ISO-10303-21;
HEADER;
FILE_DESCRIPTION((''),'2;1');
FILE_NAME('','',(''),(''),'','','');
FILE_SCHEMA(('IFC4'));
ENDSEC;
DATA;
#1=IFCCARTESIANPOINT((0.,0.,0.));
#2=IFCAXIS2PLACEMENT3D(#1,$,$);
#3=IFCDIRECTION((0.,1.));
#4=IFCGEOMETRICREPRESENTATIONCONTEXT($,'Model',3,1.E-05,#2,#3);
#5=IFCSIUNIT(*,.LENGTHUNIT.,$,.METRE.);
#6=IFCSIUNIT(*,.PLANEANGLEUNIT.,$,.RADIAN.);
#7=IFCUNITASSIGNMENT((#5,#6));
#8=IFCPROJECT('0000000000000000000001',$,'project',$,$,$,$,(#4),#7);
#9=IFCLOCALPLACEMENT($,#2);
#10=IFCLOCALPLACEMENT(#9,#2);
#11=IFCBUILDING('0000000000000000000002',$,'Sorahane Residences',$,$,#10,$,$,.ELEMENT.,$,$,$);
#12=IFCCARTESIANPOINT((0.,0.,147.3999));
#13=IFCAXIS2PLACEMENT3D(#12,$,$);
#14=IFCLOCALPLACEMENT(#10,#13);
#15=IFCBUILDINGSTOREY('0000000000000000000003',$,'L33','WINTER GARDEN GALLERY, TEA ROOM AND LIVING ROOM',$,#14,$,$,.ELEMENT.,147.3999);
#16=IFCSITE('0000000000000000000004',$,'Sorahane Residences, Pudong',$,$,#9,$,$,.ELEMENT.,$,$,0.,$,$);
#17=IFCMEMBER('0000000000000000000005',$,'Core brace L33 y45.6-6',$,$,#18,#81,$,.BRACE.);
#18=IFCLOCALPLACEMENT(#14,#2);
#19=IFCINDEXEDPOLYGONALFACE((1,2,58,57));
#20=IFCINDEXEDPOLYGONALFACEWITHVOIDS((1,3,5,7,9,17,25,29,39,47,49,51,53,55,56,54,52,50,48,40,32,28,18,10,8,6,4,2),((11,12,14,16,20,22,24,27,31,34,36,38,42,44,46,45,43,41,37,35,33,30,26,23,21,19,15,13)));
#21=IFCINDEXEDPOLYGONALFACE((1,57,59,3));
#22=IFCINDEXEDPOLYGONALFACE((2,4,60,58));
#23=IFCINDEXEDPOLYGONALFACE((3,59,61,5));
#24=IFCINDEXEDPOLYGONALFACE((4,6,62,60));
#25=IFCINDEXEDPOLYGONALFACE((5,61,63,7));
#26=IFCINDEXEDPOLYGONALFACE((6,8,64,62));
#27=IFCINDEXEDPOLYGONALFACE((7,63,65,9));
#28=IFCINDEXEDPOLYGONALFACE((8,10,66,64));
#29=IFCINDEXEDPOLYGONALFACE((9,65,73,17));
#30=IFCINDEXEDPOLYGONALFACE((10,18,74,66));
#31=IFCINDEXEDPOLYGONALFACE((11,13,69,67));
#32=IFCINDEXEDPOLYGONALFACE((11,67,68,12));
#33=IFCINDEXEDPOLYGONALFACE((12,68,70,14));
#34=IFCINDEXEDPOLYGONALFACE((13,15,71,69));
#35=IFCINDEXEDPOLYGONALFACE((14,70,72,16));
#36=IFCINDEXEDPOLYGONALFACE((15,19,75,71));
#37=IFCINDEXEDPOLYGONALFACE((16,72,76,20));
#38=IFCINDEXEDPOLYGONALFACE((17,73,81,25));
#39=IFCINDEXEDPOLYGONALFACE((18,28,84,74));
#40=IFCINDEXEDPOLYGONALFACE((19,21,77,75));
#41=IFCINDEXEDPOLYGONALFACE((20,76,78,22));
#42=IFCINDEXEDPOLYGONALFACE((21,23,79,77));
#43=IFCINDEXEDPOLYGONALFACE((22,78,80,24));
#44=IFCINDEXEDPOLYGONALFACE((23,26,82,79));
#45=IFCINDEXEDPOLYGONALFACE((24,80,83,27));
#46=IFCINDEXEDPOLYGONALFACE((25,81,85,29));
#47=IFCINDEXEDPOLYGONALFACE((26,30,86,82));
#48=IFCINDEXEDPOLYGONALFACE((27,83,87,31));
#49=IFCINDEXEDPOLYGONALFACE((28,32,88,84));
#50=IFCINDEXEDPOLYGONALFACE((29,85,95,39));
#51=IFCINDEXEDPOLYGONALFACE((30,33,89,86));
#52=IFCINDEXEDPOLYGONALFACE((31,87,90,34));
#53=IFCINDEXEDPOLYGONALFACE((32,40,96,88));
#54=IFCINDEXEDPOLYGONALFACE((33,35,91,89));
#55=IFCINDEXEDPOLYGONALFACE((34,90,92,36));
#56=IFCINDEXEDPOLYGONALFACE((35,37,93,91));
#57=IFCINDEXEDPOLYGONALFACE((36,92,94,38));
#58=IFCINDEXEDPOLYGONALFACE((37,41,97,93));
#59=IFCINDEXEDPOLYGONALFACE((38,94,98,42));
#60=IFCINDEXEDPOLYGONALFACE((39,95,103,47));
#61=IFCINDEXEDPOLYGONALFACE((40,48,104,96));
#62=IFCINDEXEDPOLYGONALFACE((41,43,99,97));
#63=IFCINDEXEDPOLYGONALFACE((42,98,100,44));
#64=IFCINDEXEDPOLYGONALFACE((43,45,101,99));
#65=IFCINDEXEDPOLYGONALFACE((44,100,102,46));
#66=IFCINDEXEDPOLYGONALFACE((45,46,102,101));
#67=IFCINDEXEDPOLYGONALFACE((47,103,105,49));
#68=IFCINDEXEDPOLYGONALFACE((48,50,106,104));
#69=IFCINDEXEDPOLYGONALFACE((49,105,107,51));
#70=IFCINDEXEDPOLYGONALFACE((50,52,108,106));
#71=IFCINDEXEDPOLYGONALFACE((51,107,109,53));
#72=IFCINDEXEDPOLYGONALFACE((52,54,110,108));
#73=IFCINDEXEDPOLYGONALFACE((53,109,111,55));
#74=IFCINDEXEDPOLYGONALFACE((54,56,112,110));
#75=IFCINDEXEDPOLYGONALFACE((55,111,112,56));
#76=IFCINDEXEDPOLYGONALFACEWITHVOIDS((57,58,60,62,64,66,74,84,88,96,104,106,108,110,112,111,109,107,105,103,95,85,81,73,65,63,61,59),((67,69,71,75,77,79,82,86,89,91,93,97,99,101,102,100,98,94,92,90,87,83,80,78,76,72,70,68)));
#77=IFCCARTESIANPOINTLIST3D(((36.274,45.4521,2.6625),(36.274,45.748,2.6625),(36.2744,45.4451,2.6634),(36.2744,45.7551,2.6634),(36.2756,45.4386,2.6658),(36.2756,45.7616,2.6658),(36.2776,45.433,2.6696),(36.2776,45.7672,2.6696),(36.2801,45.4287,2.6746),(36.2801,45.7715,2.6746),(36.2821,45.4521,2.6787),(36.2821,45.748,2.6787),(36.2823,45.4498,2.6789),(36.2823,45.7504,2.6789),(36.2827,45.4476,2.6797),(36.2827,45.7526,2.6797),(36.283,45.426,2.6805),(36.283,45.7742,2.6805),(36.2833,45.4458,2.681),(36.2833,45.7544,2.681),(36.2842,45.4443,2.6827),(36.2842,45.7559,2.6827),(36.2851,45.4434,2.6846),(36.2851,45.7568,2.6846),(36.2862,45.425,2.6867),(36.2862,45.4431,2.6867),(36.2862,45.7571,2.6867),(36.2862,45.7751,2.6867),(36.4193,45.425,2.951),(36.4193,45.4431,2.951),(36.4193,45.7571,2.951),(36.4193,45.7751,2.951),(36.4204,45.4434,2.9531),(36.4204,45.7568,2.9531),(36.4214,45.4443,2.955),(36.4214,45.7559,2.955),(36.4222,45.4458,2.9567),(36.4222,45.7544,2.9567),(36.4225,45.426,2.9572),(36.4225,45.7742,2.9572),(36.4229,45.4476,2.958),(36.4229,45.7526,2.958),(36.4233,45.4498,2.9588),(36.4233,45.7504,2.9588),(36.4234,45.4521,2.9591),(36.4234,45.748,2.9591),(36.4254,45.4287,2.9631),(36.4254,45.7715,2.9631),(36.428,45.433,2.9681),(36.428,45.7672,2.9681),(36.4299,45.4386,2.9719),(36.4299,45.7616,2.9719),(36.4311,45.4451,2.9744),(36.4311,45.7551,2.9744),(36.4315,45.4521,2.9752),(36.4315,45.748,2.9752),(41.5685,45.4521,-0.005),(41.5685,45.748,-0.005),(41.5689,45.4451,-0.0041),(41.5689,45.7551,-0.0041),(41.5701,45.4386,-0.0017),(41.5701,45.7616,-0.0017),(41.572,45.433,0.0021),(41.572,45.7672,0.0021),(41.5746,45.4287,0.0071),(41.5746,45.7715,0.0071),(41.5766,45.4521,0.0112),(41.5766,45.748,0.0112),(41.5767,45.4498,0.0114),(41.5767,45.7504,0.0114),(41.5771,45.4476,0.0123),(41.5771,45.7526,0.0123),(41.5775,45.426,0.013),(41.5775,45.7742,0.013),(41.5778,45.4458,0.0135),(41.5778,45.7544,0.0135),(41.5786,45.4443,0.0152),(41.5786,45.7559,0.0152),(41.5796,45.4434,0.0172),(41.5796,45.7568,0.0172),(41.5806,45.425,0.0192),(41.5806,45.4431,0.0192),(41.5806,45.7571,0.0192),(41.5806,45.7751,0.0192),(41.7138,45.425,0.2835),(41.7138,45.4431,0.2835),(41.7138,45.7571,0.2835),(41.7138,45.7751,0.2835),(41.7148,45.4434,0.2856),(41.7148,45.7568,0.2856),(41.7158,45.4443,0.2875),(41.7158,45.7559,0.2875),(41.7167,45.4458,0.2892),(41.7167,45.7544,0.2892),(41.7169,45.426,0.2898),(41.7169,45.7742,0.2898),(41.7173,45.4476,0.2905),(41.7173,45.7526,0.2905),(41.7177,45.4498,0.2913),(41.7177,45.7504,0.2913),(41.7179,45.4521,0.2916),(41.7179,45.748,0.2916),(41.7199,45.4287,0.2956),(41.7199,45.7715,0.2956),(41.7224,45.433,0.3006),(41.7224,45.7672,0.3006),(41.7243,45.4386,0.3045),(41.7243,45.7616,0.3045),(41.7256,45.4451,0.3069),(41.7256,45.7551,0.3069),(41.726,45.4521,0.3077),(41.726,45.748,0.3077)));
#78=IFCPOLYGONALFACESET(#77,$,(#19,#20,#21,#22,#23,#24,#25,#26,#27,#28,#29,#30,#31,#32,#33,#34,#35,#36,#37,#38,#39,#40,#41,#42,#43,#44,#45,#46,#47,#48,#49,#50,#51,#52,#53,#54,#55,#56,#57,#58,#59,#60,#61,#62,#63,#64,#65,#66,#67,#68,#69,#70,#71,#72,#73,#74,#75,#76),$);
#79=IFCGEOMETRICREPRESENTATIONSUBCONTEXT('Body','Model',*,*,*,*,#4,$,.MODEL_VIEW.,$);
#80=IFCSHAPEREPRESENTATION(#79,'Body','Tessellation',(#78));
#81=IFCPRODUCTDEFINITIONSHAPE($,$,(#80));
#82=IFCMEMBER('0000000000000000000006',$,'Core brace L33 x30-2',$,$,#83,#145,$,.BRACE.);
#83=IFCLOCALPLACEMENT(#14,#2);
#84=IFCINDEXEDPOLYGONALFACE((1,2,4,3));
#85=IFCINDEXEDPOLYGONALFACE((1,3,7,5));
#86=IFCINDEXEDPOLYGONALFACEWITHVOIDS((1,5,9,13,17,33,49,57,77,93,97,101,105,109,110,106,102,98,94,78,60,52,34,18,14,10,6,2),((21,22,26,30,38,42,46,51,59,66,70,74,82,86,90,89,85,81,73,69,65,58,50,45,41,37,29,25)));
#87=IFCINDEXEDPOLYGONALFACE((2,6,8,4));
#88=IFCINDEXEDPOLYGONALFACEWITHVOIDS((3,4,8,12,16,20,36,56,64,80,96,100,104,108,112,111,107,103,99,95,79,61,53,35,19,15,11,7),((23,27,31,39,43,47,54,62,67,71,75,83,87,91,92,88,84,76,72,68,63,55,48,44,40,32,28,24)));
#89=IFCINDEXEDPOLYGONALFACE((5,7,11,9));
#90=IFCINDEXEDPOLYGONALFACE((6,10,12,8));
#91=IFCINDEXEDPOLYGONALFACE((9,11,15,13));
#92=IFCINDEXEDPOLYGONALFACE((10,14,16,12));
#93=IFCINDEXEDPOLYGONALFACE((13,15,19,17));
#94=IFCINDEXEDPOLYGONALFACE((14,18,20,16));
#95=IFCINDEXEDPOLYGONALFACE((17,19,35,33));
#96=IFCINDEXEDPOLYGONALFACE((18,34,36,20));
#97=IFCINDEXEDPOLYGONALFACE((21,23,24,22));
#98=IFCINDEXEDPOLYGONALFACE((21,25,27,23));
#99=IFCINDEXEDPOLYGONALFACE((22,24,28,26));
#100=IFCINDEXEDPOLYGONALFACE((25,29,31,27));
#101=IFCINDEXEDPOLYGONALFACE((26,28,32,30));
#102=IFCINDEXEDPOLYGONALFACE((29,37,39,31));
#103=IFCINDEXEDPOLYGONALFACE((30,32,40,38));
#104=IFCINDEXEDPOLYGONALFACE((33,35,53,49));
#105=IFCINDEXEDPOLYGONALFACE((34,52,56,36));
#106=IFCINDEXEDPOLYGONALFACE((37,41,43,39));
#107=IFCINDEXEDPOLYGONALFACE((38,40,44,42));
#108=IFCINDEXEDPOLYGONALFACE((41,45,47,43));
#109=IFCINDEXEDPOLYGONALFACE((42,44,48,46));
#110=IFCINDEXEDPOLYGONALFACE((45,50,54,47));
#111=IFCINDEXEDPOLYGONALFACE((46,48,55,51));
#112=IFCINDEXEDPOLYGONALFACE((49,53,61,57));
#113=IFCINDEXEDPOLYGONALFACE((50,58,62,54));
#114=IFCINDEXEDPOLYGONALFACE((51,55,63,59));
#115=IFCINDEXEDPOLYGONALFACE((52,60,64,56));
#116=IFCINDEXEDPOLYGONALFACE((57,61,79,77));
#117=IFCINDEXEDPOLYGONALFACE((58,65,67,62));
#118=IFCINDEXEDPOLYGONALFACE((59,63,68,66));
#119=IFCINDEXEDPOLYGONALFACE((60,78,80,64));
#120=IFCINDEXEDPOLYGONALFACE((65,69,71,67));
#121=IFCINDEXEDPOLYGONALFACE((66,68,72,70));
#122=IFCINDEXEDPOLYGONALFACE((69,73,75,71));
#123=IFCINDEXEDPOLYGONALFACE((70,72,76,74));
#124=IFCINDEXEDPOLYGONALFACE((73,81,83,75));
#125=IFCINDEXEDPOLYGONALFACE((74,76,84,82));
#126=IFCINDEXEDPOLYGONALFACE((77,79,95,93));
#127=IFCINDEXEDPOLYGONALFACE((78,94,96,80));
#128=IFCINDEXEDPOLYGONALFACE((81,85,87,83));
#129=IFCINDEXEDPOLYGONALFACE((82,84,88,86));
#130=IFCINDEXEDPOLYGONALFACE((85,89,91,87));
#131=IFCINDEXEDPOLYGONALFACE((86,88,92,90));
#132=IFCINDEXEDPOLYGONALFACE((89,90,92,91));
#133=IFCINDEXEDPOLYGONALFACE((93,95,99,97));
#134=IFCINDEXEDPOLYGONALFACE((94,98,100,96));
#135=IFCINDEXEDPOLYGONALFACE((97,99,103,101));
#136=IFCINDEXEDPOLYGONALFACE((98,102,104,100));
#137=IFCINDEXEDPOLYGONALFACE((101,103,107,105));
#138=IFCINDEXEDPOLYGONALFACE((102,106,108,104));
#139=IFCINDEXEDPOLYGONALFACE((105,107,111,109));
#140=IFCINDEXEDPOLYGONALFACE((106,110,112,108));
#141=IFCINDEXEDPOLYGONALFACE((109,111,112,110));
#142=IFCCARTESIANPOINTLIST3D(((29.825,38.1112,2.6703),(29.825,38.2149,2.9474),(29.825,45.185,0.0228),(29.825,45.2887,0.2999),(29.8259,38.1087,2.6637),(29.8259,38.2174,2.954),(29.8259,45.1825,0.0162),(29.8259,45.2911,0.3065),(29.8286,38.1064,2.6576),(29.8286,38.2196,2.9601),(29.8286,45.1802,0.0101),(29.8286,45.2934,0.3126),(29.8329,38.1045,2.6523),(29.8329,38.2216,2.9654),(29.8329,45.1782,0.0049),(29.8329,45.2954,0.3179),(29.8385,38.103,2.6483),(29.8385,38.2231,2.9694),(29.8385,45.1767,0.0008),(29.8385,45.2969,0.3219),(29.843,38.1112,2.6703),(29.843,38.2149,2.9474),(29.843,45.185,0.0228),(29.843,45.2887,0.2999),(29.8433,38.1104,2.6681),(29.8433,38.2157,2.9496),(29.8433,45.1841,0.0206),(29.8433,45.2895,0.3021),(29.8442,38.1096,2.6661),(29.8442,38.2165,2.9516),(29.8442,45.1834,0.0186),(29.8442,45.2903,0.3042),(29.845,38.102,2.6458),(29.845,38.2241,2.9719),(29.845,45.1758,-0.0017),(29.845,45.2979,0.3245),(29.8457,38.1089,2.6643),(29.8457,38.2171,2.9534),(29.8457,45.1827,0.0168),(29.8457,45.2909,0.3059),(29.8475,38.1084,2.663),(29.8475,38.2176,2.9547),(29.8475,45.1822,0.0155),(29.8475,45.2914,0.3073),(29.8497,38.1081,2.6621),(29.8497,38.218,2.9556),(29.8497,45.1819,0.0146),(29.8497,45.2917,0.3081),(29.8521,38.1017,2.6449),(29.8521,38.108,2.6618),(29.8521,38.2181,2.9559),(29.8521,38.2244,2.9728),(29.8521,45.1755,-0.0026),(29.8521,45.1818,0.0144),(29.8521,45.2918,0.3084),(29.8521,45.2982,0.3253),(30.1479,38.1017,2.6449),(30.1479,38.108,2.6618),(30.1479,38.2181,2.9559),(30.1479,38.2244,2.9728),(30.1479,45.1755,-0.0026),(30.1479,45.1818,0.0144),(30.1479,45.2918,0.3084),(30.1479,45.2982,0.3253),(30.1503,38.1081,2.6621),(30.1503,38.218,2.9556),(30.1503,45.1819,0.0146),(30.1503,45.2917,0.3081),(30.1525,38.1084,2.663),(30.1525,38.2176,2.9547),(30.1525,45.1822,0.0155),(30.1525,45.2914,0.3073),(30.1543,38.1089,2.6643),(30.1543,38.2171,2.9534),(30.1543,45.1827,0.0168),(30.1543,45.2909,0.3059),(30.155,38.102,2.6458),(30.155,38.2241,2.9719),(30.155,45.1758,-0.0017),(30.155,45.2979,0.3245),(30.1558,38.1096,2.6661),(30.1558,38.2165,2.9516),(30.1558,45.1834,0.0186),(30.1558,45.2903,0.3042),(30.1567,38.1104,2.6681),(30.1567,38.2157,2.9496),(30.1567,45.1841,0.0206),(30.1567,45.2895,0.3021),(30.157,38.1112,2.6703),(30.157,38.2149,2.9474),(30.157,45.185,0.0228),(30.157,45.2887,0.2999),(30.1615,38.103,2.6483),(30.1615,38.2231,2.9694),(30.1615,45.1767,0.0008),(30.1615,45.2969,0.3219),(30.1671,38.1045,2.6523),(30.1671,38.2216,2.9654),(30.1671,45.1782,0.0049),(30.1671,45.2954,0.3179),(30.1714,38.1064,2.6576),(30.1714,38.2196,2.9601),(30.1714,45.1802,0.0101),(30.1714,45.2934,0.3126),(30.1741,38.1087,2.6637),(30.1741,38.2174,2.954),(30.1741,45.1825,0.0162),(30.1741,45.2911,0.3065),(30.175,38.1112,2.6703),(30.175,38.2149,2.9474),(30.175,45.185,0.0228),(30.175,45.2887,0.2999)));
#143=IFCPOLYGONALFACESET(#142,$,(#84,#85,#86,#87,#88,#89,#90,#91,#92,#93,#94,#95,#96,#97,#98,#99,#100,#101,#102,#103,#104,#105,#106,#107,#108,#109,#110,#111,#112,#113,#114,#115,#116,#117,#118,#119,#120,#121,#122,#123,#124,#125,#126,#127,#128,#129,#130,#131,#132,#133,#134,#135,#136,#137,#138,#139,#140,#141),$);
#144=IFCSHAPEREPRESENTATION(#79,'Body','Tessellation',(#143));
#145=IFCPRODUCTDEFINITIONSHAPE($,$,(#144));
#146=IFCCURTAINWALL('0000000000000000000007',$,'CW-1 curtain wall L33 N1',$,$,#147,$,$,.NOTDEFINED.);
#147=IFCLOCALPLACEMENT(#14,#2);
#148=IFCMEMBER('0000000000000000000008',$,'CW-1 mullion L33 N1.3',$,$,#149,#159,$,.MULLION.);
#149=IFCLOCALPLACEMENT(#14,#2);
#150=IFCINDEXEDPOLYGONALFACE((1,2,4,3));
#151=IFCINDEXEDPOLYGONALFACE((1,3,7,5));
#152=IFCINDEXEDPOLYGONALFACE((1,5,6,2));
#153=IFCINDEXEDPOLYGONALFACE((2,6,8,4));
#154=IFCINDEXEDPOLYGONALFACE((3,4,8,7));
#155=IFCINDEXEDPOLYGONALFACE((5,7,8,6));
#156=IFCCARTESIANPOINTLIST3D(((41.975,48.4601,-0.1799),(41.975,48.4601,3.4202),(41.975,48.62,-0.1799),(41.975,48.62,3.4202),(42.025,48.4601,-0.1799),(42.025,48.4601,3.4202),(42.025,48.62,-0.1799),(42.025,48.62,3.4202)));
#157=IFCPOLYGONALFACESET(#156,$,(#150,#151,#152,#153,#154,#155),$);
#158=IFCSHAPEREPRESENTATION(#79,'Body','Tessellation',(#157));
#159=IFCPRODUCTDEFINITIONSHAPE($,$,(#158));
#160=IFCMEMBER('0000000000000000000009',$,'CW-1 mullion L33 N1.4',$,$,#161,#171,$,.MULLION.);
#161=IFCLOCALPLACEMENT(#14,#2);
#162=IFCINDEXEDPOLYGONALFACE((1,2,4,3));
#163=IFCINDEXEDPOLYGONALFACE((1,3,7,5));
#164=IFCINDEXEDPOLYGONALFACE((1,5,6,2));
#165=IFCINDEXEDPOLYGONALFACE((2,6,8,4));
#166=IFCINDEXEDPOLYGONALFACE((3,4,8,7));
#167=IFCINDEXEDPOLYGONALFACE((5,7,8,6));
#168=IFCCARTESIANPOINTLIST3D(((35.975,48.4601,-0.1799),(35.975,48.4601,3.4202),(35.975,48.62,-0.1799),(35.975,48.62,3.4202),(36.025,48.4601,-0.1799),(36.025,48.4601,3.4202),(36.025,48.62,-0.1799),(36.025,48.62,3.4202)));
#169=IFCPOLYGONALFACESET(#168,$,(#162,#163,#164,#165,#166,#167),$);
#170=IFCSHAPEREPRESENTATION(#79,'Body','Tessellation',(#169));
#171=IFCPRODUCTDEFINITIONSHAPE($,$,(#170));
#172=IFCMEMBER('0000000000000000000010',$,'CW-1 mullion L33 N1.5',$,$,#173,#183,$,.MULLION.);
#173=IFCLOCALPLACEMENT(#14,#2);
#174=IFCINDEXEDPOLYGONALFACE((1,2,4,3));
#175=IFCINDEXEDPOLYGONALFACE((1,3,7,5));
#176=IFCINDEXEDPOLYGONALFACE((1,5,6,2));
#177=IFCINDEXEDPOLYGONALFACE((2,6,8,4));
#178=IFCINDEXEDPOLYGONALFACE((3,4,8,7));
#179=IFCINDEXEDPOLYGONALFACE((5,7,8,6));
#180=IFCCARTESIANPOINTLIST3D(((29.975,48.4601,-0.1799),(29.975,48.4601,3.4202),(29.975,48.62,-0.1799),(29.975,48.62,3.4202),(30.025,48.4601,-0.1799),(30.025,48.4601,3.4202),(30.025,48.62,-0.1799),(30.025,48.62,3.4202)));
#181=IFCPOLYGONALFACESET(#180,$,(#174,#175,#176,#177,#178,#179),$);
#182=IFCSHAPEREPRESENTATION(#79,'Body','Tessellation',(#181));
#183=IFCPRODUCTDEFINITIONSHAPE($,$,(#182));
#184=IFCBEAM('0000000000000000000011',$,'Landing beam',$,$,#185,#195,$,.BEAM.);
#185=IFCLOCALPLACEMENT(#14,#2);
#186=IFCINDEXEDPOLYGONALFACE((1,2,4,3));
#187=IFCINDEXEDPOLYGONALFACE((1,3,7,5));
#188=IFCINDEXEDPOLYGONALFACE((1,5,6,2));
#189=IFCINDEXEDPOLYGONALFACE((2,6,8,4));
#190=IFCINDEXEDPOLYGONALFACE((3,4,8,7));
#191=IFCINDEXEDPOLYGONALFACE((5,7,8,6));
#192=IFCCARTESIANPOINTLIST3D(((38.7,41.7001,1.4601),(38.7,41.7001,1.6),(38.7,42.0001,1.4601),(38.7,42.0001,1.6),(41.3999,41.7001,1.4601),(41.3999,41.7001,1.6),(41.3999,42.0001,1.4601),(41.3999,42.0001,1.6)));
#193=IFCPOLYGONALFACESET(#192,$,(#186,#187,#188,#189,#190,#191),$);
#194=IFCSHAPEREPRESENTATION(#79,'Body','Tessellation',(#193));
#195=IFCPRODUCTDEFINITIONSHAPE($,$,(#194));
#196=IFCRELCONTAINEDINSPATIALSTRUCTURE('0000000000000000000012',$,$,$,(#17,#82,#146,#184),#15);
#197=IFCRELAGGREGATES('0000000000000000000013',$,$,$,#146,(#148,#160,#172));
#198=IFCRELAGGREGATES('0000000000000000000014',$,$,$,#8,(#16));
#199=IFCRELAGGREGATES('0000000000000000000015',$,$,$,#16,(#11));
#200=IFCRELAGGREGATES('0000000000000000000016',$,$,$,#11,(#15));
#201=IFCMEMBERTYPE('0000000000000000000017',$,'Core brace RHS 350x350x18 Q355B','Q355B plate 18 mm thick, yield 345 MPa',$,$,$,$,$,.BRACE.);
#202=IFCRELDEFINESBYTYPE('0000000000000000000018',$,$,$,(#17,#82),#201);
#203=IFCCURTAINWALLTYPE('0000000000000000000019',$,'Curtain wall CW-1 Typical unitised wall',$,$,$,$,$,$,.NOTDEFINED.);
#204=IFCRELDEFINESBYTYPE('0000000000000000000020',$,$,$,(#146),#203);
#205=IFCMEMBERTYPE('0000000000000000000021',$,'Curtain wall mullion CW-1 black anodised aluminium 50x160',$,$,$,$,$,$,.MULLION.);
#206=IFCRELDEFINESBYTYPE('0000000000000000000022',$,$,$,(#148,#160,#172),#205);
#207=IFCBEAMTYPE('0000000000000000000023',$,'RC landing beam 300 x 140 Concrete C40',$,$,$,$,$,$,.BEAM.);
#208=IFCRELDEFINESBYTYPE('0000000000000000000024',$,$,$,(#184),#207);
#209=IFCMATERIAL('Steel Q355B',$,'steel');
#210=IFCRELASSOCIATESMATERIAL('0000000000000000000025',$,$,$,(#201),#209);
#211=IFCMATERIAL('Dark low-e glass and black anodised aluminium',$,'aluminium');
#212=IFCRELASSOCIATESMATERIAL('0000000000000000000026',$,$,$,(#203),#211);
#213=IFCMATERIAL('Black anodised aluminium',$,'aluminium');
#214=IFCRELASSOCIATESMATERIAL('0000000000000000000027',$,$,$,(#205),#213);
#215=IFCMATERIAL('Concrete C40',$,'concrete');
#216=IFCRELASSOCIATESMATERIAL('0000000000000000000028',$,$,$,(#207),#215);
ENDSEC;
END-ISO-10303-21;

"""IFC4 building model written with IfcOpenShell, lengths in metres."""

from ifc_helpers import new_model, si_unit, direction, frame, origin, origin_2d, place, context, subcontext, project, spatial, rectangle, hollow_rectangle, extrude, material, material_profile, profile_set, type_object, element, aggregate, save


model = new_model("IFC4")

# Units and contexts
model_context = context("Model", 3, precision=1e-05, world=origin(), true_north=direction((0.0, 1.0)))
body_context = subcontext(model_context, "Body", "Model", "MODEL_VIEW")
ifc_project = project(units=[si_unit("LENGTHUNIT", "METRE"), si_unit("PLANEANGLEUNIT", "RADIAN")], contexts=[model_context])

# Site, building, storey
site_placement = place(None, origin())
site = spatial("IfcSite", under=ifc_project, at=site_placement, Name="Sorahane Residences, Pudong", CompositionType="ELEMENT", RefElevation=0.0)
building_placement = place(site_placement, origin())
building = spatial("IfcBuilding", under=site, at=building_placement, Name="Sorahane Residences", CompositionType="ELEMENT")
storey_placement = place(building_placement, frame((0.0, 0.0, 147.3999)))
storey = spatial("IfcBuildingStorey", under=building, at=storey_placement, Name="L33", Description="WINTER GARDEN GALLERY, TEA ROOM AND LIVING ROOM", CompositionType="ELEMENT", Elevation=147.3999)

# Members
ifc_material_1 = material(Name="Steel Q355B", Category="steel")
ifc_material_profile_1 = material_profile(ifc_material_1, hollow_rectangle(XDim=0.3501, YDim=0.3501, WallThickness=0.0181, InnerFilletRadius=0.009, OuterFilletRadius=0.0271, at=origin_2d()), Name="RHS 350x350x18")
ifc_profile_set_1 = profile_set([ifc_material_profile_1], Name="Steel Q355B")
member_type_1 = type_object("IfcMemberType", Name="Core brace RHS 350x350x18 Q355B", Description="Q355B plate 18 mm thick, yield 345 MPa", PredefinedType="BRACE", material=ifc_profile_set_1)
for number, where, z_axis, x_axis, name in (
    (1, (41.6472, 45.6001, 0.1514), (-0.893056, 0.0, 0.449946), (0.0, -1.0, 0.0), "Core brace L33 y45.6-6"),
):
    element("IfcMember", number, at=place(storey_placement, frame(where, z_axis=z_axis, x_axis=x_axis)), inside=storey, type_object=member_type_1, Name=name, PredefinedType="BRACE", context=body_context, shape_type="SweptSolid", body=[
        extrude(hollow_rectangle(XDim=0.3501, YDim=0.3501, WallThickness=0.0181, InnerFilletRadius=0.009, OuterFilletRadius=0.0271, at=origin_2d()), origin(), (0.0, 0.0, 1.0), 5.9285),
    ])
member_1_placement = place(storey_placement, frame((30.0, 45.2368, 0.1614), z_axis=(0.0, -0.936555, 0.350521), x_axis=(1.0, 0.0, 0.0)))
element("IfcMember", 2, at=member_1_placement, inside=storey, type_object=member_type_1, Name="Core brace L33 x30-2", PredefinedType="BRACE", context=body_context, shape_type="SweptSolid", body=[
    extrude(hollow_rectangle(XDim=0.3501, YDim=0.3501, WallThickness=0.0181, InnerFilletRadius=0.009, OuterFilletRadius=0.0271, at=origin_2d()), origin(), (0.0, 0.0, 1.0), 7.553),
])

# Curtain wall, members
ifc_material_2 = material(Name="Dark low-e glass and black anodised aluminium", Category="aluminium")
curtain_wall_type = type_object("IfcCurtainWallType", Name="Curtain wall CW-1 Typical unitised wall", PredefinedType="NOTDEFINED", material=ifc_material_2)
curtain_wall_placement = place(storey_placement, origin())
curtain_wall = element("IfcCurtainWall", 3, at=curtain_wall_placement, inside=storey, type_object=curtain_wall_type, Name="CW-1 curtain wall L33 N1", PredefinedType="NOTDEFINED")
ifc_material_3 = material(Name="Black anodised aluminium", Category="aluminium")
ifc_material_profile_2 = material_profile(ifc_material_3, rectangle(XDim=0.1599, YDim=0.05, at=origin_2d()), Name="Curtain wall mullion CW-1 black anodised aluminium 50x160")
ifc_profile_set_2 = profile_set([ifc_material_profile_2], Name="Black anodised aluminium")
member_type_2 = type_object("IfcMemberType", Name="Curtain wall mullion CW-1 black anodised aluminium 50x160", PredefinedType="MULLION", material=ifc_profile_set_2)
member_2_placement = place(storey_placement, frame((42.0, 48.54, -0.1799), z_axis=(0.0, 0.0, 1.0), x_axis=(0.0, 1.0, 0.0)))
member_2 = element("IfcMember", 4, at=member_2_placement, type_object=member_type_2, Name="CW-1 mullion L33 N1.3", PredefinedType="MULLION", context=body_context, shape_type="SweptSolid", body=[
    extrude(rectangle(XDim=0.1599, YDim=0.05, at=origin_2d()), origin(), (0.0, 0.0, 1.0), 3.6001),
])
member_3_placement = place(storey_placement, frame((36.0, 48.54, -0.1799), z_axis=(0.0, 0.0, 1.0), x_axis=(0.0, 1.0, 0.0)))
member_3 = element("IfcMember", 5, at=member_3_placement, type_object=member_type_2, Name="CW-1 mullion L33 N1.4", PredefinedType="MULLION", context=body_context, shape_type="SweptSolid", body=[
    extrude(rectangle(XDim=0.1599, YDim=0.05, at=origin_2d()), origin(), (0.0, 0.0, 1.0), 3.6001),
])
member_4_placement = place(storey_placement, frame((30.0, 48.54, -0.1799), z_axis=(0.0, 0.0, 1.0), x_axis=(0.0, 1.0, 0.0)))
member_4 = element("IfcMember", 6, at=member_4_placement, type_object=member_type_2, Name="CW-1 mullion L33 N1.5", PredefinedType="MULLION", context=body_context, shape_type="SweptSolid", body=[
    extrude(rectangle(XDim=0.1599, YDim=0.05, at=origin_2d()), origin(), (0.0, 0.0, 1.0), 3.6001),
])

# Beam
ifc_material_4 = material(Name="Concrete C40", Category="concrete")
ifc_material_profile_3 = material_profile(ifc_material_4, rectangle(XDim=0.3, YDim=0.1399, at=origin_2d()), Name="300x140")
ifc_profile_set_3 = profile_set([ifc_material_profile_3], Name="Concrete C40")
beam_type_1 = type_object("IfcBeamType", Name="RC landing beam 300 x 140 Concrete C40", PredefinedType="BEAM", material=ifc_profile_set_3)
for number, where, z_axis, x_axis, name in (
    (7, (38.7, 41.8501, 1.53), (1.0, 0.0, 0.0), (0.0, 1.0, 0.0), "Landing beam"),
):
    element("IfcBeam", number, at=place(storey_placement, frame(where, z_axis=z_axis, x_axis=x_axis)), inside=storey, type_object=beam_type_1, Name=name, PredefinedType="BEAM", context=body_context, shape_type="SweptSolid", body=[
        extrude(rectangle(XDim=0.3, YDim=0.1399, at=origin_2d()), origin(), (0.0, 0.0, 1.0), 2.7),
    ])

aggregate(curtain_wall, [member_2, member_3, member_4])

save(model, "model.ifc")
